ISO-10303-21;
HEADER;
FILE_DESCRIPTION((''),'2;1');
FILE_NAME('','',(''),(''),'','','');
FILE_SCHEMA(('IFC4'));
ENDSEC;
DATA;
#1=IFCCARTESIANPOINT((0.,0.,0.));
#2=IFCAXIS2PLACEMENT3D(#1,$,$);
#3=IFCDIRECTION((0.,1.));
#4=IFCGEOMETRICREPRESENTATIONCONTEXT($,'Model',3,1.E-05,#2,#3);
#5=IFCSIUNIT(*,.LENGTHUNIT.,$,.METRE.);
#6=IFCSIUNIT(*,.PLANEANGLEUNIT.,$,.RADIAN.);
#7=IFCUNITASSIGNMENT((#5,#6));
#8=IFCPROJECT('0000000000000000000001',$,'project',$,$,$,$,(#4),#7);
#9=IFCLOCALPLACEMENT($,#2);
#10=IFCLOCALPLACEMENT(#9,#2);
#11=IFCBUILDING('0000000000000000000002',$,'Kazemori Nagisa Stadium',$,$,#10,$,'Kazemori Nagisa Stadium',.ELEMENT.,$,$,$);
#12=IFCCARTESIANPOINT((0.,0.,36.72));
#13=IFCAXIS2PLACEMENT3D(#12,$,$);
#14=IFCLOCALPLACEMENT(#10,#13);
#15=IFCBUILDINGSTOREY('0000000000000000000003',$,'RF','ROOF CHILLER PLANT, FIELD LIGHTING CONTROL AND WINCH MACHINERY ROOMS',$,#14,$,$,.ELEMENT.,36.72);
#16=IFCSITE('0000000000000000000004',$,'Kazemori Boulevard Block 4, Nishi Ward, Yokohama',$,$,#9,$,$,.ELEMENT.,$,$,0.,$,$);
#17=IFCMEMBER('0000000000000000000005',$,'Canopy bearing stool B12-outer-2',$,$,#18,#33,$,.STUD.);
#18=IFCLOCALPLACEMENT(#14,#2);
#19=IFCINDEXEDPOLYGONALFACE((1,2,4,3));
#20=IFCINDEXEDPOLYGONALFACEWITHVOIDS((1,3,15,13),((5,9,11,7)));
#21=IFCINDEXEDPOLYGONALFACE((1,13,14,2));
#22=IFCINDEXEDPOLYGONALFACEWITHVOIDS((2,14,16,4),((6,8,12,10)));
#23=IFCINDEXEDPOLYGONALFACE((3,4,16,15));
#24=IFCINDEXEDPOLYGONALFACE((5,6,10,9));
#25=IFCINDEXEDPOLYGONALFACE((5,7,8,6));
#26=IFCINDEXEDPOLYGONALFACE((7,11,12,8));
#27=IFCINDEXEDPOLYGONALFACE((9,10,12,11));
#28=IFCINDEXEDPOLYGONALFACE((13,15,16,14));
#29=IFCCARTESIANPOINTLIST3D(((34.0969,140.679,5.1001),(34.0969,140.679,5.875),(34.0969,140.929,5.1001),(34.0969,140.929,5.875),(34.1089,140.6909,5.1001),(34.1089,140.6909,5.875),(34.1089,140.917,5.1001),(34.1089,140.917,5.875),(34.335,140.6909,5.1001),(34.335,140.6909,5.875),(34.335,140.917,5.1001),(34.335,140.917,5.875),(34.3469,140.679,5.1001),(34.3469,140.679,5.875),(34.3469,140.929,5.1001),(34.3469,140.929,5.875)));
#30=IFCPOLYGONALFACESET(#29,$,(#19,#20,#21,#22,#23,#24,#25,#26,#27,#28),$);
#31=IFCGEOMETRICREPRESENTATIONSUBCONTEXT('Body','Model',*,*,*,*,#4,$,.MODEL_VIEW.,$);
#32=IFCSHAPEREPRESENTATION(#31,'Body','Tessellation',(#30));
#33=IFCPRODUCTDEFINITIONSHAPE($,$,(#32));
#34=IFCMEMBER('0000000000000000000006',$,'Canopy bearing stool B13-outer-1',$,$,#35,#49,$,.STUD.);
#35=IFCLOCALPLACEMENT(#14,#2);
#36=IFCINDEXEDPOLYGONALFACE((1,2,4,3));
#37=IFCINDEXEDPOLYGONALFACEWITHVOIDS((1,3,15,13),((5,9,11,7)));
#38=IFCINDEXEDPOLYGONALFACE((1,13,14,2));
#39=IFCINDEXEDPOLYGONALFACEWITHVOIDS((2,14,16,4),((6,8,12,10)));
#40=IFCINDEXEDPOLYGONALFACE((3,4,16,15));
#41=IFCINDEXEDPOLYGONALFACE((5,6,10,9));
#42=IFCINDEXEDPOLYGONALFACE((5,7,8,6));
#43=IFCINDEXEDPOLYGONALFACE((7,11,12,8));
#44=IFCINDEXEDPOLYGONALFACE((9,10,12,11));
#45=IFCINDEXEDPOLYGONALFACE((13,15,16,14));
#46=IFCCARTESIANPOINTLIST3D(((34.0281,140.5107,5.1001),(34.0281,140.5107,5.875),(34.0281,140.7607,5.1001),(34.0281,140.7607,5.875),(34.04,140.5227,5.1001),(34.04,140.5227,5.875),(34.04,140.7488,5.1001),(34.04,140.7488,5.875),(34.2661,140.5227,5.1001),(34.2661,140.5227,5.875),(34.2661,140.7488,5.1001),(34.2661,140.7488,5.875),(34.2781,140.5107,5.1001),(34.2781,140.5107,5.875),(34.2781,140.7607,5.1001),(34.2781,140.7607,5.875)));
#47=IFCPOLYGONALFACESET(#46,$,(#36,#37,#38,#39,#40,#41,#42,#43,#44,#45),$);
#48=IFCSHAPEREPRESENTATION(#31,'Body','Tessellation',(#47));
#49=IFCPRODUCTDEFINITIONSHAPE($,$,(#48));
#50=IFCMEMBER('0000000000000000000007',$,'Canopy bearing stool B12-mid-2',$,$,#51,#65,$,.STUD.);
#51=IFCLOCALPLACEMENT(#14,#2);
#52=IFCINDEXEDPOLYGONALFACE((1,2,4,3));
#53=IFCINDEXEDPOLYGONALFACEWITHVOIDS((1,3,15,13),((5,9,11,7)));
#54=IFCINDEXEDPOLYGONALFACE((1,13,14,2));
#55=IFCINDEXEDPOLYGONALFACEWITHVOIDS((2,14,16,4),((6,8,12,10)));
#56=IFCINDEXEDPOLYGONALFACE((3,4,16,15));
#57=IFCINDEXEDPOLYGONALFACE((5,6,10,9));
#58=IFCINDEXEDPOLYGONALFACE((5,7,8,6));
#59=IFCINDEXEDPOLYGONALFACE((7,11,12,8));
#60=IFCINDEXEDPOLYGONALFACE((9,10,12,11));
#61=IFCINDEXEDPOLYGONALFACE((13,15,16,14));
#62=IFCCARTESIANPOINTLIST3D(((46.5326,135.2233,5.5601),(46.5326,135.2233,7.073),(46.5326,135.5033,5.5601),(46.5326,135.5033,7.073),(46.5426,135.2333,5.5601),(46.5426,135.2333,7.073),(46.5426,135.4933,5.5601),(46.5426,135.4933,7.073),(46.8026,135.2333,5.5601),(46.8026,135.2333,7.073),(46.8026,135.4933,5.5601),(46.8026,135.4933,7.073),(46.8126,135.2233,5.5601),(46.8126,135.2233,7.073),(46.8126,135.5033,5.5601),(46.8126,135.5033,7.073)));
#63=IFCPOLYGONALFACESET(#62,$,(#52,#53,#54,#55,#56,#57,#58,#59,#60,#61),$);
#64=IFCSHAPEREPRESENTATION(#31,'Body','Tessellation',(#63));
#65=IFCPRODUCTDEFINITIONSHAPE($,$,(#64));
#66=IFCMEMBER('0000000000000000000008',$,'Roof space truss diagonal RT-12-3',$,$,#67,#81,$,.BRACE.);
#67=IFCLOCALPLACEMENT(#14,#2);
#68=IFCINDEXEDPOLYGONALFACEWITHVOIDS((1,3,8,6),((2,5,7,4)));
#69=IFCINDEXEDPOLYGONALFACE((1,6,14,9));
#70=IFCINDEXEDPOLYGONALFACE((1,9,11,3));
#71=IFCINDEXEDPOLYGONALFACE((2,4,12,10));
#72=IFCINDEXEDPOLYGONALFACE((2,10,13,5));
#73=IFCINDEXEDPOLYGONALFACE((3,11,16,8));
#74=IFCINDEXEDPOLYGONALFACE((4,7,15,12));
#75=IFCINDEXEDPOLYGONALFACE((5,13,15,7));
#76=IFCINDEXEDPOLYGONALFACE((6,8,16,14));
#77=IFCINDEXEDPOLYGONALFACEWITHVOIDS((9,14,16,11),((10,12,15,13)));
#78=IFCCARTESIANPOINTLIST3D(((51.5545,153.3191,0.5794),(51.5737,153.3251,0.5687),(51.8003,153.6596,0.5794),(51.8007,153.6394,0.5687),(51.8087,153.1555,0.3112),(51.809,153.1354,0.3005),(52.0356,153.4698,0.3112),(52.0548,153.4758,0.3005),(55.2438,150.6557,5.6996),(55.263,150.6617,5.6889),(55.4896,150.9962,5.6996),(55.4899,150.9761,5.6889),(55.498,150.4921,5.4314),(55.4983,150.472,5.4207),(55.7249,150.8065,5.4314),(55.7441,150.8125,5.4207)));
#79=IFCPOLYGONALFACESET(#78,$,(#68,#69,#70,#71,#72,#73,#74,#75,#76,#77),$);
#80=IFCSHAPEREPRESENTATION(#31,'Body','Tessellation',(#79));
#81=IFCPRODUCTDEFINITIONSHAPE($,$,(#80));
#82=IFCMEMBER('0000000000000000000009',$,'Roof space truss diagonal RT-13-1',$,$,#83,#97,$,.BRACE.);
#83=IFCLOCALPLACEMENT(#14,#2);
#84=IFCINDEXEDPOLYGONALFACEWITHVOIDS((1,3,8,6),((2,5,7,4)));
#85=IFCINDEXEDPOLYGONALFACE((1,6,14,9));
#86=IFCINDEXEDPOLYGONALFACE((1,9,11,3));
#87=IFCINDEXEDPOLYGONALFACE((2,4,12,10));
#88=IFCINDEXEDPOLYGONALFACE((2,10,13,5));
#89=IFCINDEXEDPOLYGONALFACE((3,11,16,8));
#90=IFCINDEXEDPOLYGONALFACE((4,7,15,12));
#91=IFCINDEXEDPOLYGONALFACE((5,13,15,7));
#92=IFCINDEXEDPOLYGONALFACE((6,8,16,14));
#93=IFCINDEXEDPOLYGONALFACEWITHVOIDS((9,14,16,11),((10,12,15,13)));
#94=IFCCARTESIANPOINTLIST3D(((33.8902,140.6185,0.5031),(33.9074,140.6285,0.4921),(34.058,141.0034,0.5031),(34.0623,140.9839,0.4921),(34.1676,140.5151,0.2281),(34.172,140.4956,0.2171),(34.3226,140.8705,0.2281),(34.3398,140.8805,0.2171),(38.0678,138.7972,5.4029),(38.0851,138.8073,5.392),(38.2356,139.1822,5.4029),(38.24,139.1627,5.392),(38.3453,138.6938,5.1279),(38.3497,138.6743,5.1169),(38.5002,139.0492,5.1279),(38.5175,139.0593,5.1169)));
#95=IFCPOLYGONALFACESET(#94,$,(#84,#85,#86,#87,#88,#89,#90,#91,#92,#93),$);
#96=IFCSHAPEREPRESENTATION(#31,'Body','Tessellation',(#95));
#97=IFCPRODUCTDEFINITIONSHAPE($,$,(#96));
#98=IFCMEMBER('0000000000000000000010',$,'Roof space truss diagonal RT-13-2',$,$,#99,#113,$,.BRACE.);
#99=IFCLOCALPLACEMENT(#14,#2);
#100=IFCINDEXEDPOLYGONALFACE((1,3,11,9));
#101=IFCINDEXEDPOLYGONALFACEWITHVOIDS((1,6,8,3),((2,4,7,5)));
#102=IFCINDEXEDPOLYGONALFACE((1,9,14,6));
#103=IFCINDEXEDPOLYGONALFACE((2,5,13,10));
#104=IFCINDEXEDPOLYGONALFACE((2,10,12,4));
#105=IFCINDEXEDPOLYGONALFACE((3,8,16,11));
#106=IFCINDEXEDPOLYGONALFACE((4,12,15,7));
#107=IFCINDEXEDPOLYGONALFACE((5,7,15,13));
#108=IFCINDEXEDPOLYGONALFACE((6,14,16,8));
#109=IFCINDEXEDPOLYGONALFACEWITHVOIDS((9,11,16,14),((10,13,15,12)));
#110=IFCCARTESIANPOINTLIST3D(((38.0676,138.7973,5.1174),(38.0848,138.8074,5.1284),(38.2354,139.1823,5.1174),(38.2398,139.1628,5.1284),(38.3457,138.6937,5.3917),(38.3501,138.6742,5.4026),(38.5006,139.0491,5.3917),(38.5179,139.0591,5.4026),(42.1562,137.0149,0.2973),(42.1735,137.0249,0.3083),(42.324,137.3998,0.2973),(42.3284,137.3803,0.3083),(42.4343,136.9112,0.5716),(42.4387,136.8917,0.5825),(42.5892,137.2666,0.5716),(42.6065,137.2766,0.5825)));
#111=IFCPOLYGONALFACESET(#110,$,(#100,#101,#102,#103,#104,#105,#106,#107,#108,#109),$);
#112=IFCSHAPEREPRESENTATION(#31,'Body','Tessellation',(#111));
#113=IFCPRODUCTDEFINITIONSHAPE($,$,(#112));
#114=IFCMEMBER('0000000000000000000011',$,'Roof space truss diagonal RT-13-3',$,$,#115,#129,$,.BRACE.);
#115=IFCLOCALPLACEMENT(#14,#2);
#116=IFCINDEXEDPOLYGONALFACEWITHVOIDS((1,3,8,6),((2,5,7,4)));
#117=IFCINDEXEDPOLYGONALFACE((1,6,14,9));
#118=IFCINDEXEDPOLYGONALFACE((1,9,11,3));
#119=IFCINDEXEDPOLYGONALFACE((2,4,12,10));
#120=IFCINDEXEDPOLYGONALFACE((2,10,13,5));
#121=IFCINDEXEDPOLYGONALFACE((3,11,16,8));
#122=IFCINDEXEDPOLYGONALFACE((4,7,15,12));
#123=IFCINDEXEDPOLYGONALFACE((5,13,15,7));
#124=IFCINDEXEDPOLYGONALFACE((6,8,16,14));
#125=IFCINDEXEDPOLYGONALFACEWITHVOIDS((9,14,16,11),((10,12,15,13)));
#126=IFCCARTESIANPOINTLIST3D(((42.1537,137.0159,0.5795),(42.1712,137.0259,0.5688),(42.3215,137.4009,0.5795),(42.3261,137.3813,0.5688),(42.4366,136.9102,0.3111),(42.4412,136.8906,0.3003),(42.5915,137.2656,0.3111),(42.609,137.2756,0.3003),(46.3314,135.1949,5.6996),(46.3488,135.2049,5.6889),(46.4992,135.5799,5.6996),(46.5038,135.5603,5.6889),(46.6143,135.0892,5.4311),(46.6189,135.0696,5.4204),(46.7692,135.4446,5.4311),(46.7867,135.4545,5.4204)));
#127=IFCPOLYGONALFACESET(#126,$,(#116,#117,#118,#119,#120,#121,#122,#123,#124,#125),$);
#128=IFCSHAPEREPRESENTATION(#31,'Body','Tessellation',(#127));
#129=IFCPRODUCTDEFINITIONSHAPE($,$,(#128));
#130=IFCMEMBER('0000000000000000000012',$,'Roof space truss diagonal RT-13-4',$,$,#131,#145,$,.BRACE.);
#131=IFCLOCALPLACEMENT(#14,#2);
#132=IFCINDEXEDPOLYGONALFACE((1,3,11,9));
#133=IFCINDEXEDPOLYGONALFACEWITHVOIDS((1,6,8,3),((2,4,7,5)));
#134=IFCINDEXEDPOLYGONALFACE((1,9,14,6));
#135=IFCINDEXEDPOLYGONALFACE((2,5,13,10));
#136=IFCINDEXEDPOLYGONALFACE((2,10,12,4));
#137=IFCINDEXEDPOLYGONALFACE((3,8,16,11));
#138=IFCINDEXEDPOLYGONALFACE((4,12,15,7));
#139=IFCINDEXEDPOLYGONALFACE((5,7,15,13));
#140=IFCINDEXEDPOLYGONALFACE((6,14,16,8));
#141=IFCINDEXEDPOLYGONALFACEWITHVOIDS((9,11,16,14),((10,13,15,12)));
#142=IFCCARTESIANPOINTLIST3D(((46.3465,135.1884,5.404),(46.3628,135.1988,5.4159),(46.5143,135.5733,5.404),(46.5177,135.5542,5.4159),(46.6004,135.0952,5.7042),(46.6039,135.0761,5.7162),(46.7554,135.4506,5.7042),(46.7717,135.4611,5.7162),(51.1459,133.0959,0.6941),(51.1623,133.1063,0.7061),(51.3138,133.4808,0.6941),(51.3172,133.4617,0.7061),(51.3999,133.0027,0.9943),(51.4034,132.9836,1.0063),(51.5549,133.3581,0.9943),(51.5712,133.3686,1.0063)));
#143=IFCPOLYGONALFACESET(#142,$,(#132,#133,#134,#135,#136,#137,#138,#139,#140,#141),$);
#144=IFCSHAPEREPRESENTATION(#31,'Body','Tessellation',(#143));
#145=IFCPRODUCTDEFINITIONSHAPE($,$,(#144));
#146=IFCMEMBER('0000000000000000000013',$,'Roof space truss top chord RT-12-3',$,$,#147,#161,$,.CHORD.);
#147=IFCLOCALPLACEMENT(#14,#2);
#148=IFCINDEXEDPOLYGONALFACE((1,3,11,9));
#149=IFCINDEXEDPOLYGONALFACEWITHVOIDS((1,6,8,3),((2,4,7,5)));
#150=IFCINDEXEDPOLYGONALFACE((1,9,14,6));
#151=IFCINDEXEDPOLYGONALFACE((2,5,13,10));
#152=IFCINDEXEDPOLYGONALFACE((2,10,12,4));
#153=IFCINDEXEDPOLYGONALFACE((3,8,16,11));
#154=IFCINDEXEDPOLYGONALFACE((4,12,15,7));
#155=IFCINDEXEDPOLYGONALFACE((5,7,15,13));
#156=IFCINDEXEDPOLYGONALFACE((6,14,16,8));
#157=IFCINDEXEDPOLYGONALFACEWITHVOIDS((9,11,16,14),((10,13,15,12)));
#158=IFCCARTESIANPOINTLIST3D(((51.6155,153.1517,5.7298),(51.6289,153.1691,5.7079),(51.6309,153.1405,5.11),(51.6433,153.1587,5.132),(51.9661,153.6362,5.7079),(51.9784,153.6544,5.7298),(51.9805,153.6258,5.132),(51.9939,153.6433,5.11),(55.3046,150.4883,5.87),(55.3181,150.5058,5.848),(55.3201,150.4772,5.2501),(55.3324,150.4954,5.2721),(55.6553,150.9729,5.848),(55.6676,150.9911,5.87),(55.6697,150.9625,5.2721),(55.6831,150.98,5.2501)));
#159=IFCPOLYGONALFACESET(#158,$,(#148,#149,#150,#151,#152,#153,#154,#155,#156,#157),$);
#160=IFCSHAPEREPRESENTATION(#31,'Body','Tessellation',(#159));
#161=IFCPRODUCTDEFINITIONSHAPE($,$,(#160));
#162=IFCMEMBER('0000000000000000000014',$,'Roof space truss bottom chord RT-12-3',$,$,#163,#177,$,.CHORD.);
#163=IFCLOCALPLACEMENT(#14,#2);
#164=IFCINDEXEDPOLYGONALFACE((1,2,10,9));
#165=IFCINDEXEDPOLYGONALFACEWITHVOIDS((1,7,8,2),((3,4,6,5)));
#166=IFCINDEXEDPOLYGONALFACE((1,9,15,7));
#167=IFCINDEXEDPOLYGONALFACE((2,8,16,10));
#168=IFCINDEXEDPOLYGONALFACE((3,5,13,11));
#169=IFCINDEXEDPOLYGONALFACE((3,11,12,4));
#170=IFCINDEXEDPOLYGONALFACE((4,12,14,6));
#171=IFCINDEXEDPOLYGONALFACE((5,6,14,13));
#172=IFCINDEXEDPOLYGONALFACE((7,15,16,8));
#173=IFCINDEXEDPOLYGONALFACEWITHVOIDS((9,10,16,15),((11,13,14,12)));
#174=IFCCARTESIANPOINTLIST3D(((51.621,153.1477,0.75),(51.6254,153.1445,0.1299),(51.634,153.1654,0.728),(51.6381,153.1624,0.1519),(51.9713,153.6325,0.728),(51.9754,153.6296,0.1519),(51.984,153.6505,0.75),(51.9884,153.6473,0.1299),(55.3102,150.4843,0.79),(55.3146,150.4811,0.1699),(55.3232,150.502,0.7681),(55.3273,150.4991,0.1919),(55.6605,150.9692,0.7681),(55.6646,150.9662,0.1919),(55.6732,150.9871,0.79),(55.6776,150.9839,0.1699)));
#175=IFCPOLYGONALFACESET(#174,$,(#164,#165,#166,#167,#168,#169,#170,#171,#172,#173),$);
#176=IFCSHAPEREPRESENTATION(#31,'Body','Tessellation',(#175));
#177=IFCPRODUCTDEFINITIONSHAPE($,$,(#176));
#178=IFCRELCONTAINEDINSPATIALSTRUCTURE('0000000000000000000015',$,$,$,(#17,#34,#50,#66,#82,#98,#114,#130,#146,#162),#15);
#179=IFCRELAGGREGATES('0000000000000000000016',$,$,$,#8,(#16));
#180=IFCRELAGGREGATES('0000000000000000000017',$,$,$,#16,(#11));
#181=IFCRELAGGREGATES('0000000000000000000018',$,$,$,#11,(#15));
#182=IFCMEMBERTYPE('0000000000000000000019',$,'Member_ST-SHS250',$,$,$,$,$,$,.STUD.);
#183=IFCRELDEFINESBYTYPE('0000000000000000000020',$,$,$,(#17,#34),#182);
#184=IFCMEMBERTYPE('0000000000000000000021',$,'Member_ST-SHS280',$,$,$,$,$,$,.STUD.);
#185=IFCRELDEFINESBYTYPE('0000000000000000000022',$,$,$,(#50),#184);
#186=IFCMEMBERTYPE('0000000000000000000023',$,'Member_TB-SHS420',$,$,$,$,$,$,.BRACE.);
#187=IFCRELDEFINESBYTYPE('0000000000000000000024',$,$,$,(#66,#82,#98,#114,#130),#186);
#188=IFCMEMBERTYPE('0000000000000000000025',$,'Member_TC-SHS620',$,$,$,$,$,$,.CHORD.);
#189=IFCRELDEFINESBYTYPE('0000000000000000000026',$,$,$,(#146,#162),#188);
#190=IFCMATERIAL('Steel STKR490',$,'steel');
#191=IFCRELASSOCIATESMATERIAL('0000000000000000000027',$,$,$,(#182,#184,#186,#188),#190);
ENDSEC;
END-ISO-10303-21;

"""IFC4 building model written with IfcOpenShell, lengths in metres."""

from ifc_helpers import new_model, si_unit, direction, frame, origin, origin_2d, place, context, subcontext, project, spatial, hollow_rectangle, extrude, material, material_profile, profile_set, type_object, element, save


model = new_model("IFC4")

# Units and contexts
model_context = context("Model", 3, precision=1e-05, world=origin(), true_north=direction((0.0, 1.0)))
body_context = subcontext(model_context, "Body", "Model", "MODEL_VIEW")
ifc_project = project(units=[si_unit("LENGTHUNIT", "METRE"), si_unit("PLANEANGLEUNIT", "RADIAN")], contexts=[model_context])

# Site, building, storey
site_placement = place(None, origin())
site = spatial("IfcSite", under=ifc_project, at=site_placement, Name="Kazemori Boulevard Block 4, Nishi Ward, Yokohama", CompositionType="ELEMENT", RefElevation=0.0)
building_placement = place(site_placement, origin())
building = spatial("IfcBuilding", under=site, at=building_placement, Name="Kazemori Nagisa Stadium", LongName="Kazemori Nagisa Stadium", CompositionType="ELEMENT")
storey_placement = place(building_placement, frame((0.0, 0.0, 36.72)))
storey = spatial("IfcBuildingStorey", under=building, at=storey_placement, Name="RF", Description="ROOF CHILLER PLANT, FIELD LIGHTING CONTROL AND WINCH MACHINERY ROOMS", CompositionType="ELEMENT", Elevation=36.72)

# Members
ifc_material_1 = material(Name="Steel STKR490", Category="steel")
ifc_material_profile_1 = material_profile(ifc_material_1, hollow_rectangle(XDim=0.25, YDim=0.25, WallThickness=0.012, at=origin_2d()), Name="SHS-250x250x12")
ifc_profile_set_1 = profile_set([ifc_material_profile_1], Name="Steel STKR490")
member_type_1 = type_object("IfcMemberType", Name="Member_ST-SHS250", PredefinedType="STUD", material=ifc_profile_set_1)
for number, where, z_axis, x_axis, name in (
    (1, (34.2219, 140.804, 5.1001), (0.0, 0.0, 1.0), (1.0, 0.0, 0.0), "Canopy bearing stool B12-outer-2"),
    (2, (34.1531, 140.6357, 5.1001), (0.0, 0.0, 1.0), (1.0, 0.0, 0.0), "Canopy bearing stool B13-outer-1"),
):
    element("IfcMember", number, at=place(storey_placement, frame(where, z_axis=z_axis, x_axis=x_axis)), inside=storey, type_object=member_type_1, Name=name, PredefinedType="STUD", context=body_context, shape_type="SweptSolid", body=[
        extrude(hollow_rectangle(XDim=0.25, YDim=0.25, WallThickness=0.012, at=origin_2d()), origin(), (0.0, 0.0, 1.0), 0.7749),
    ])
ifc_material_profile_2 = material_profile(ifc_material_1, hollow_rectangle(XDim=0.28, YDim=0.28, WallThickness=0.01, at=origin_2d()), Name="SHS-280x280x10")
ifc_profile_set_2 = profile_set([ifc_material_profile_2], Name="Steel STKR490")
member_type_2 = type_object("IfcMemberType", Name="Member_ST-SHS280", PredefinedType="STUD", material=ifc_profile_set_2)
member_1_placement = place(storey_placement, frame((46.6726, 135.3633, 5.5601), z_axis=(0.0, 0.0, 1.0), x_axis=(1.0, 0.0, 0.0)))
element("IfcMember", 3, at=member_1_placement, inside=storey, type_object=member_type_2, Name="Canopy bearing stool B12-mid-2", PredefinedType="STUD", context=body_context, shape_type="SweptSolid", body=[
    extrude(hollow_rectangle(XDim=0.28, YDim=0.28, WallThickness=0.01, at=origin_2d()), origin(), (0.0, 0.0, 1.0), 1.5129),
])
ifc_material_profile_3 = material_profile(ifc_material_1, hollow_rectangle(XDim=0.4199, YDim=0.4199, WallThickness=0.0161, at=origin_2d()), Name="SHS-420x420x16")
ifc_profile_set_3 = profile_set([ifc_material_profile_3], Name="Steel STKR490")
member_type_3 = type_object("IfcMemberType", Name="Member_TB-SHS420", PredefinedType="BRACE", material=ifc_profile_set_3)
member_2_placement = place(storey_placement, frame((51.8047, 153.3975, 0.4399), z_axis=(0.53859, -0.388821, 0.747489), x_axis=(0.585332, 0.810794, 0.0)))
element("IfcMember", 4, at=member_2_placement, inside=storey, type_object=member_type_3, Name="Roof space truss diagonal RT-12-3", PredefinedType="BRACE", context=body_context, shape_type="SweptSolid", body=[
    extrude(hollow_rectangle(XDim=0.4199, YDim=0.4199, WallThickness=0.0161, at=origin_2d()), origin(), (0.0, 0.0, 1.0), 6.8499),
])
member_3_placement = place(storey_placement, frame((34.115, 140.7495, 0.3601), z_axis=(0.624311, -0.272169, 0.73223), x_axis=(0.399627, 0.916678, 0.0)))
element("IfcMember", 5, at=member_3_placement, inside=storey, type_object=member_type_3, Name="Roof space truss diagonal RT-13-1", PredefinedType="BRACE", context=body_context, shape_type="SweptSolid", body=[
    extrude(hollow_rectangle(XDim=0.4199, YDim=0.4199, WallThickness=0.0161, at=origin_2d()), origin(), (0.0, 0.0, 1.0), 6.6917),
])
member_4_placement = place(storey_placement, frame((38.2927, 138.9282, 5.26), z_axis=(0.62259, -0.271423, -0.73397), x_axis=(0.399633, 0.916675, 0.0)))
element("IfcMember", 6, at=member_4_placement, inside=storey, type_object=member_type_3, Name="Roof space truss diagonal RT-13-2", PredefinedType="BRACE", context=body_context, shape_type="SweptSolid", body=[
    extrude(hollow_rectangle(XDim=0.4199, YDim=0.4199, WallThickness=0.0161, at=origin_2d()), origin(), (0.0, 0.0, 1.0), 6.5671),
])
member_5_placement = place(storey_placement, frame((42.3813, 137.1458, 0.4399), z_axis=(0.609481, -0.265668, 0.746963), x_axis=(0.399582, 0.916697, 0.0)))
element("IfcMember", 7, at=member_5_placement, inside=storey, type_object=member_type_3, Name="Roof space truss diagonal RT-13-3", PredefinedType="BRACE", context=body_context, shape_type="SweptSolid", body=[
    extrude(hollow_rectangle(XDim=0.4199, YDim=0.4199, WallThickness=0.0161, at=origin_2d()), origin(), (0.0, 0.0, 1.0), 6.8545),
])
member_6_placement = place(storey_placement, frame((46.5591, 135.3247, 5.5601), z_axis=(0.681504, -0.297125, -0.668782), x_axis=(0.399652, 0.916667, 0.0)))
element("IfcMember", 8, at=member_6_placement, inside=storey, type_object=member_type_3, Name="Roof space truss diagonal RT-13-4", PredefinedType="BRACE", context=body_context, shape_type="SweptSolid", body=[
    extrude(hollow_rectangle(XDim=0.4199, YDim=0.4199, WallThickness=0.0161, at=origin_2d()), origin(), (0.0, 0.0, 1.0), 7.0425),
])
ifc_material_profile_4 = material_profile(ifc_material_1, hollow_rectangle(XDim=0.6201, YDim=0.6201, WallThickness=0.022, at=origin_2d()), Name="SHS-620x620x22")
ifc_profile_set_4 = profile_set([ifc_material_profile_4], Name="Steel STKR490")
member_type_4 = type_object("IfcMemberType", Name="Member_TC-SHS620", PredefinedType="CHORD", material=ifc_profile_set_4)
member_7_placement = place(storey_placement, frame((51.8047, 153.3975, 5.4199), z_axis=(0.81041, -0.585054, 0.030784), x_axis=(0.585332, 0.810794, 0.0)))
element("IfcMember", 9, at=member_7_placement, inside=storey, type_object=member_type_4, Name="Roof space truss top chord RT-12-3", PredefinedType="CHORD", context=body_context, shape_type="SweptSolid", body=[
    extrude(hollow_rectangle(XDim=0.6201, YDim=0.6201, WallThickness=0.022, at=origin_2d()), origin(), (0.0, 0.0, 1.0), 4.5522),
])
member_8_placement = place(storey_placement, frame((51.8047, 153.3975, 0.4399), z_axis=(0.810762, -0.585309, 0.008799), x_axis=(0.585332, 0.810794, 0.0)))
element("IfcMember", 10, at=member_8_placement, inside=storey, type_object=member_type_4, Name="Roof space truss bottom chord RT-12-3", PredefinedType="CHORD", context=body_context, shape_type="SweptSolid", body=[
    extrude(hollow_rectangle(XDim=0.6201, YDim=0.6201, WallThickness=0.022, at=origin_2d()), origin(), (0.0, 0.0, 1.0), 4.5503),
])

save(model, "model.ifc")
